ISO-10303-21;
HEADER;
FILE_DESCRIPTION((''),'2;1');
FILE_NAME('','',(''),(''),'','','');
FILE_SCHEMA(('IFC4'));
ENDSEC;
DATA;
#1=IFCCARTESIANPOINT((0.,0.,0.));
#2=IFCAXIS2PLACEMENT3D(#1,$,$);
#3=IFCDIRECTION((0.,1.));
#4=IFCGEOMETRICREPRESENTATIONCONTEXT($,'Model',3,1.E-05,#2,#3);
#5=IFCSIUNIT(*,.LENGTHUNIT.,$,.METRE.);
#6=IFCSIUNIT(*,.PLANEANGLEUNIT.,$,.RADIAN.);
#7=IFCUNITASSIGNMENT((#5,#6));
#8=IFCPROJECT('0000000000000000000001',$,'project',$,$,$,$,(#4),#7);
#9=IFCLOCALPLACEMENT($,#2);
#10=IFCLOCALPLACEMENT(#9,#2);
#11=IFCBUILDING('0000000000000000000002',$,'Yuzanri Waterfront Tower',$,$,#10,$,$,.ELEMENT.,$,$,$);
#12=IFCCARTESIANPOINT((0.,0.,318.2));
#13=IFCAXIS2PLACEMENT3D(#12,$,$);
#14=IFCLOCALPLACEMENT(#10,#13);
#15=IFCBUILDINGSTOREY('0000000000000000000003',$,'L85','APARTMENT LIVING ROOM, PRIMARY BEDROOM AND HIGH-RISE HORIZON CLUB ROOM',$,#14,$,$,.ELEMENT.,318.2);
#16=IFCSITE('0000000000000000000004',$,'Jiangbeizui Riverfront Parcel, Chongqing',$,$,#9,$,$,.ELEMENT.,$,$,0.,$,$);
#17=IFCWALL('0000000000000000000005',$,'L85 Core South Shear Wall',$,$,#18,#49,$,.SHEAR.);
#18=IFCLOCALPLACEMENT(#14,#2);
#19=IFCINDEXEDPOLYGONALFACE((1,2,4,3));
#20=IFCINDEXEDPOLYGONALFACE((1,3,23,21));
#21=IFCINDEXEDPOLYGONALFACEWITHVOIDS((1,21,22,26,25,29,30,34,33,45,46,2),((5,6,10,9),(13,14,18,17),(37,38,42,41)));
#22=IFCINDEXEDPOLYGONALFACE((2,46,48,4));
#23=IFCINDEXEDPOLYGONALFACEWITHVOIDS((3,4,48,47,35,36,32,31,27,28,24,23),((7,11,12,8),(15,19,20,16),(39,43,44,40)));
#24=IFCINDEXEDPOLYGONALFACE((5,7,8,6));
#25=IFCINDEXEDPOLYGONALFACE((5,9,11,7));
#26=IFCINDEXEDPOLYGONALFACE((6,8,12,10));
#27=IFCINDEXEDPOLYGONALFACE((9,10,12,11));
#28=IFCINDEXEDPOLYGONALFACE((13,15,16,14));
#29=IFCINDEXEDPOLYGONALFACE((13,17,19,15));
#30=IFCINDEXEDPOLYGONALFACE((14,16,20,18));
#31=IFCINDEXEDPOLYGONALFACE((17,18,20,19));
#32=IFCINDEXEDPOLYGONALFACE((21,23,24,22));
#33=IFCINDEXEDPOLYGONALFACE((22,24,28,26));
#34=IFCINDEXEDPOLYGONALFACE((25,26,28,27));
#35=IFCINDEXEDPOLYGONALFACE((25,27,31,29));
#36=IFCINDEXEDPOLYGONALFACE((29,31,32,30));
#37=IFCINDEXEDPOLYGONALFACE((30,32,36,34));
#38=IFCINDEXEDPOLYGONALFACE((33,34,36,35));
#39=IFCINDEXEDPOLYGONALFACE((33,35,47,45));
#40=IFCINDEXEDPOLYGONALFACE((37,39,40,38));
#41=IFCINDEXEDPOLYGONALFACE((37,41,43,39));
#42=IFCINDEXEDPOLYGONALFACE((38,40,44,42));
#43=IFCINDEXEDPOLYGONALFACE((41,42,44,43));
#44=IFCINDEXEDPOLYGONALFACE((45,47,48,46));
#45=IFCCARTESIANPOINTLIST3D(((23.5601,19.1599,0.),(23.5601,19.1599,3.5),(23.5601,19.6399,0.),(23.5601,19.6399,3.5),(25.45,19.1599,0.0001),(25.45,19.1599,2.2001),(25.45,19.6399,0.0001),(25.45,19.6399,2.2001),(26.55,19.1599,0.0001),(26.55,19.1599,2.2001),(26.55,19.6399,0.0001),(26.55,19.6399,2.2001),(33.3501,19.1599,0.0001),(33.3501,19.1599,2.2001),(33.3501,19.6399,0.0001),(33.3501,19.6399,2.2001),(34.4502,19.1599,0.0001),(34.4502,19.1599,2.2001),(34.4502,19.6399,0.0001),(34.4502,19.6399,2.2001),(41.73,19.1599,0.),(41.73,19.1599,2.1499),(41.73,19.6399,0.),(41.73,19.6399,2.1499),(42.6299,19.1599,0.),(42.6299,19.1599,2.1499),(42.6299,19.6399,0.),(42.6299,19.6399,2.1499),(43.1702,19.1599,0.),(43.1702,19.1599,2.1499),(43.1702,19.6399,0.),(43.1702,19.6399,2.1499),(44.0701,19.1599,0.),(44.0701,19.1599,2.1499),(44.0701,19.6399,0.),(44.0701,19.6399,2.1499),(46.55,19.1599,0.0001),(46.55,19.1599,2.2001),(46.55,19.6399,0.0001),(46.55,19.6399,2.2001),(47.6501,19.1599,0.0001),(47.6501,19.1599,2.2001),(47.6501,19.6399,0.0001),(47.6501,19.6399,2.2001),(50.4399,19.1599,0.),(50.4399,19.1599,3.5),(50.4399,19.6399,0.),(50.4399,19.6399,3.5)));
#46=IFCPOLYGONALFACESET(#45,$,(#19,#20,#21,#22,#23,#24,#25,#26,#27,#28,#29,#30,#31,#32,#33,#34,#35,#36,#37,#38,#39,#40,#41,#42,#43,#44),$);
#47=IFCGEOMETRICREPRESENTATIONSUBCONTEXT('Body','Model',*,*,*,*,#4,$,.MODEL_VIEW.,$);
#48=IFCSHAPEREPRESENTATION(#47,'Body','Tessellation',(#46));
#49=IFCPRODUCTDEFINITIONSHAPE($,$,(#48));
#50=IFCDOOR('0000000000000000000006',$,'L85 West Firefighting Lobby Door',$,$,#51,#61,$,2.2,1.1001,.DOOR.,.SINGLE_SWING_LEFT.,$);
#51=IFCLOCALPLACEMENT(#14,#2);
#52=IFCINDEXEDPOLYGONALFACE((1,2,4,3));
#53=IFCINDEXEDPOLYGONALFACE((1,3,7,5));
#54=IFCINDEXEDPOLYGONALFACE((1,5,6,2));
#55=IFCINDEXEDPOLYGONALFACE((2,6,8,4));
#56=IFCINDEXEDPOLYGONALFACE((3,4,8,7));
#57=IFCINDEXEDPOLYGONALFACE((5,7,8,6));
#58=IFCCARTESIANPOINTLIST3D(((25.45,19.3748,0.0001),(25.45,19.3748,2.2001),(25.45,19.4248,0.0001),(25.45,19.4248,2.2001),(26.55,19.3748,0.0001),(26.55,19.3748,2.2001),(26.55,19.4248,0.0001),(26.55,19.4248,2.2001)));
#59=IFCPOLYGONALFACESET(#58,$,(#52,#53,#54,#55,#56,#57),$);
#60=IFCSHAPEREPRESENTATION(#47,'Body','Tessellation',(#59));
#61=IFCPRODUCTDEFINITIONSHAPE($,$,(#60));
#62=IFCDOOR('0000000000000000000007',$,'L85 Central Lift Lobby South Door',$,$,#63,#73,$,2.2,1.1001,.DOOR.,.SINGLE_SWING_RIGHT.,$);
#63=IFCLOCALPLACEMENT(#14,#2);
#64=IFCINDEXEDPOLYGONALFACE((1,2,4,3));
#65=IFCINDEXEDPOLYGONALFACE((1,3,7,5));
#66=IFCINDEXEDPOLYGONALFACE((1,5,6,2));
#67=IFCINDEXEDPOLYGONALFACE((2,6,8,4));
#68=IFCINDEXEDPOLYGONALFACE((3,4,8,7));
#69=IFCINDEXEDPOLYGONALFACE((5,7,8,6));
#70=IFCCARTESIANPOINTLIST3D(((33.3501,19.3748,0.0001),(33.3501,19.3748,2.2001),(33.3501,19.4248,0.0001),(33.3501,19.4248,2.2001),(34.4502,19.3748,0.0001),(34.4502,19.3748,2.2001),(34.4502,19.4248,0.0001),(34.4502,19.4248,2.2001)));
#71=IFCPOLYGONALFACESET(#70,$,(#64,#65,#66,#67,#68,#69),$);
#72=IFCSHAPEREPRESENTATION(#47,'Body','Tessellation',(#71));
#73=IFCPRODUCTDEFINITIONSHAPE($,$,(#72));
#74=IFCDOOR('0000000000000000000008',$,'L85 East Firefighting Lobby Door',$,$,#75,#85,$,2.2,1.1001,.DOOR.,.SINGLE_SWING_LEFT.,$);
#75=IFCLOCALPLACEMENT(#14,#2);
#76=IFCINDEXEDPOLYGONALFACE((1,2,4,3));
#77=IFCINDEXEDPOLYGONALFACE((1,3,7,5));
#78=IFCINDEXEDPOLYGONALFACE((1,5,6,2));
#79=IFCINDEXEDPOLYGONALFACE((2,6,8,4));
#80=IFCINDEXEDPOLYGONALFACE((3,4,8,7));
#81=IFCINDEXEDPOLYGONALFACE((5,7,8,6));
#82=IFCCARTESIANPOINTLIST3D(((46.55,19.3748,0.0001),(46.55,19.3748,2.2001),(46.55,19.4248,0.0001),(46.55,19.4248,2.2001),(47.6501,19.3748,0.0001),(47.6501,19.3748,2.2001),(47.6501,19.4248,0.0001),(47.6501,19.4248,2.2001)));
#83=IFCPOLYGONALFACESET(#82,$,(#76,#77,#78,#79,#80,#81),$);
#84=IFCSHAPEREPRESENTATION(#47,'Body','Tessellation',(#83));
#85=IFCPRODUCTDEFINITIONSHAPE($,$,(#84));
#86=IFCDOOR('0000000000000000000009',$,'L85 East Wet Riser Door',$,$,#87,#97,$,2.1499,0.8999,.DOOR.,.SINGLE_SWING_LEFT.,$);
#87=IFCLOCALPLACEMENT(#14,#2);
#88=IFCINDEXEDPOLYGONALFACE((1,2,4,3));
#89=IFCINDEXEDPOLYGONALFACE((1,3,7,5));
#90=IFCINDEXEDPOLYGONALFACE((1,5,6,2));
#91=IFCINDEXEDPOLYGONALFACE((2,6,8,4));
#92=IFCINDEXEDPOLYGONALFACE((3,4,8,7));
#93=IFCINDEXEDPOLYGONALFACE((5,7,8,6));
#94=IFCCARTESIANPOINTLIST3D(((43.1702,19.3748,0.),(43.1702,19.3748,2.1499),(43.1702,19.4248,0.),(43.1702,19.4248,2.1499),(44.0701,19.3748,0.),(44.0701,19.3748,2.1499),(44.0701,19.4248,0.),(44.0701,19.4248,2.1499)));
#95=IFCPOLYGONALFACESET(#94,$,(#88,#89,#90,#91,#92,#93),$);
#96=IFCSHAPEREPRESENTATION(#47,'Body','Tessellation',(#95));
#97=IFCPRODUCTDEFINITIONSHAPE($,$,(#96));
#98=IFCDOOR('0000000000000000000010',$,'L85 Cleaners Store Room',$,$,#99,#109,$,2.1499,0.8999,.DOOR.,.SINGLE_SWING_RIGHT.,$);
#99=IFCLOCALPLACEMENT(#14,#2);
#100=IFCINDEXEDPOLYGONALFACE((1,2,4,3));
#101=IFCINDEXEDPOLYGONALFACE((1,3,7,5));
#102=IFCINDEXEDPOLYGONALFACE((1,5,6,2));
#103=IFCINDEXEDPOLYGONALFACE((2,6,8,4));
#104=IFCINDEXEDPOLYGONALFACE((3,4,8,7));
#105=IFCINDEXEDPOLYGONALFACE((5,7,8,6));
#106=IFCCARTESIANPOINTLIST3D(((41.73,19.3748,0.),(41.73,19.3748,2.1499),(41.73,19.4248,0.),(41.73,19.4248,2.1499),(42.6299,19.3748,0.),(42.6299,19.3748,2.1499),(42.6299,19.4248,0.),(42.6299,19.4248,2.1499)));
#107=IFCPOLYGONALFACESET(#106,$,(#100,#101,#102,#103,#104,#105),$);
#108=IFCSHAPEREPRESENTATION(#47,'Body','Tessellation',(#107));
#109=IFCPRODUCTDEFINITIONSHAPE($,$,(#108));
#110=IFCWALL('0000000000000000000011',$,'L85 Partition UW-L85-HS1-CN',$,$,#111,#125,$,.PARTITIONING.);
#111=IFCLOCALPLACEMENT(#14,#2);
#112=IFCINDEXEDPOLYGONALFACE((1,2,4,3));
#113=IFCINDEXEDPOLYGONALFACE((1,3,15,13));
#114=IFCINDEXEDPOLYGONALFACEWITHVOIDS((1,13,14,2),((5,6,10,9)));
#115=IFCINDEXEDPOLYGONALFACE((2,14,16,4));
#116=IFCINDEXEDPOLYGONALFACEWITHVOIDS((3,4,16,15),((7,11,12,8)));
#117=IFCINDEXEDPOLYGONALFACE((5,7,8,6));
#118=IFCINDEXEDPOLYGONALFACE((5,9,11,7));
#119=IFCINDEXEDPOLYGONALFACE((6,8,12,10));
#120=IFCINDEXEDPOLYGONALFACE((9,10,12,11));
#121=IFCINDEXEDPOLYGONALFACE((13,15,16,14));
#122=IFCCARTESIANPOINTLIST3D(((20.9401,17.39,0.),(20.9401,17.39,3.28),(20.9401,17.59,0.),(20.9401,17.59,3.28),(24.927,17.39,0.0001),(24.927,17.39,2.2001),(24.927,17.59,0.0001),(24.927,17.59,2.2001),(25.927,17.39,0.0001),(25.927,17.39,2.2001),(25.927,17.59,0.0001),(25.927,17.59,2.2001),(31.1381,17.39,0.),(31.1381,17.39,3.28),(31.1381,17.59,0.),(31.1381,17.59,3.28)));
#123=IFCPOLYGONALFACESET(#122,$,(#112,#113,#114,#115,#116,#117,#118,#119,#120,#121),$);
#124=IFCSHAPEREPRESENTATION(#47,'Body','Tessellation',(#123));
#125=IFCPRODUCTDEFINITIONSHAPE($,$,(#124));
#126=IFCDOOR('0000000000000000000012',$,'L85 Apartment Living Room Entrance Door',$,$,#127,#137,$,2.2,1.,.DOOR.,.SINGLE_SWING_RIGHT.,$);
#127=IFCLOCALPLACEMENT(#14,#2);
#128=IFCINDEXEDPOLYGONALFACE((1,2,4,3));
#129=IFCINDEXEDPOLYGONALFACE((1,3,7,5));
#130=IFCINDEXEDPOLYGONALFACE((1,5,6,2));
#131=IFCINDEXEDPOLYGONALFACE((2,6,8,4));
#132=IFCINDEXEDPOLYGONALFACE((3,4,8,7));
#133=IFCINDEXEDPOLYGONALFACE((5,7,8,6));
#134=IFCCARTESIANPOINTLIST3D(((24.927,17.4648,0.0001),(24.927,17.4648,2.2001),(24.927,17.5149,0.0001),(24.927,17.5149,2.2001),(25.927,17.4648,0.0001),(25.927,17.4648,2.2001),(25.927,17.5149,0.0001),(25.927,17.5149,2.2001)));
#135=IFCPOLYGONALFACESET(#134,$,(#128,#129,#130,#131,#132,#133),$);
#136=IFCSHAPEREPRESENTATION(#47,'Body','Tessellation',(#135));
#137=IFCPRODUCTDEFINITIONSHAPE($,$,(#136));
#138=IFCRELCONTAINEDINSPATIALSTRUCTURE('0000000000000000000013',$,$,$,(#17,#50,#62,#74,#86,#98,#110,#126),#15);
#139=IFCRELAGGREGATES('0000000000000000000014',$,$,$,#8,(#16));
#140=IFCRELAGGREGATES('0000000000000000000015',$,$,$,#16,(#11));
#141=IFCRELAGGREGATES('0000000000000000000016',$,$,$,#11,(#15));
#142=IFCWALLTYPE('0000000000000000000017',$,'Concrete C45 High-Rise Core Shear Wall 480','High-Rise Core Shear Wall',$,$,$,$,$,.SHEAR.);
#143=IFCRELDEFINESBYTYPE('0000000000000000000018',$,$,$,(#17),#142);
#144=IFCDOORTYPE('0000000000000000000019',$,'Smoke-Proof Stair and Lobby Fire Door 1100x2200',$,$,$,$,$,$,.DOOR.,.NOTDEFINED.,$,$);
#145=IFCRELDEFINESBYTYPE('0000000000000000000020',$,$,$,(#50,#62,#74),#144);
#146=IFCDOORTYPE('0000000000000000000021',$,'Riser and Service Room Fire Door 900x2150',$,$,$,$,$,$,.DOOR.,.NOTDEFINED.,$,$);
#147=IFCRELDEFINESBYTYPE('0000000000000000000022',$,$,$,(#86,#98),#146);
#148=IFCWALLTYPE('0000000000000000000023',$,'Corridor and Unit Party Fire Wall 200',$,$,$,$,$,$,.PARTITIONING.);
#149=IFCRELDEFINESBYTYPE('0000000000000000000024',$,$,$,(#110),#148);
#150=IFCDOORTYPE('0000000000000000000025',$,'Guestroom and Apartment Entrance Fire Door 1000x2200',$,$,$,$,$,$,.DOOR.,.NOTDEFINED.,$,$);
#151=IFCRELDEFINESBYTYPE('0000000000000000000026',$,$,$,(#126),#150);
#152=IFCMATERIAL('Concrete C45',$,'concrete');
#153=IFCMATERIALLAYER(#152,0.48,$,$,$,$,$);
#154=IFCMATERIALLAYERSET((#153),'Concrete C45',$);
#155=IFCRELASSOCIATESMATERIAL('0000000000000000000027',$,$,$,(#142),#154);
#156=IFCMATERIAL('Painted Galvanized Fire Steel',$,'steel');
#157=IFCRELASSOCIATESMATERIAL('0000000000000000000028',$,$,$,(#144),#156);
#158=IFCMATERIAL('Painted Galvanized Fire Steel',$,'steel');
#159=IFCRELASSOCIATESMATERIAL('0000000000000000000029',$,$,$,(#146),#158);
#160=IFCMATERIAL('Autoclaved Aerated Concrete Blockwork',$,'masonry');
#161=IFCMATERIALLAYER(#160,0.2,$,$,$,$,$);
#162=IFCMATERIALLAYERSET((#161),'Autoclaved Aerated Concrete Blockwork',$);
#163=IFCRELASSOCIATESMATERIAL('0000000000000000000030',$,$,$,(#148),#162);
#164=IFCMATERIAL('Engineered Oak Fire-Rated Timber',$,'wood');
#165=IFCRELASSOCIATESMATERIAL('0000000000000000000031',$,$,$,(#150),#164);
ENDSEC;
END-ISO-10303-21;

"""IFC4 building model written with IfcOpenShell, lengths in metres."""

from ifc_helpers import new_model, si_unit, direction, frame, frame_2d, origin, place, context, subcontext, project, spatial, rectangle, extrude, source, transform, mapped, material, layer, layer_set, type_object, element, fill, save


model = new_model("IFC4")

# Units and contexts
model_context = context("Model", 3, precision=1e-05, world=origin(), true_north=direction((0.0, 1.0)))
body_context = subcontext(model_context, "Body", "Model", "MODEL_VIEW")
ifc_project = project(units=[si_unit("LENGTHUNIT", "METRE"), si_unit("PLANEANGLEUNIT", "RADIAN")], contexts=[model_context])

# Site, building, storey
site_placement = place(None, origin())
site = spatial("IfcSite", under=ifc_project, at=site_placement, Name="Jiangbeizui Riverfront Parcel, Chongqing", CompositionType="ELEMENT", RefElevation=0.0)
building_placement = place(site_placement, origin())
building = spatial("IfcBuilding", under=site, at=building_placement, Name="Yuzanri Waterfront Tower", CompositionType="ELEMENT")
storey_placement = place(building_placement, frame((0.0, 0.0, 318.2)))
storey = spatial("IfcBuildingStorey", under=building, at=storey_placement, Name="L85", Description="APARTMENT LIVING ROOM, PRIMARY BEDROOM AND HIGH-RISE HORIZON CLUB ROOM", CompositionType="ELEMENT", Elevation=318.2)

# Wall, openings, doors
ifc_material_1 = material(Name="Concrete C45", Category="concrete")
ifc_layer_1 = layer(ifc_material_1, 0.48)
ifc_layer_set_1 = layer_set([ifc_layer_1], Name="Concrete C45")
wall_type_1 = type_object("IfcWallType", Name="Concrete C45 High-Rise Core Shear Wall 480", Description="High-Rise Core Shear Wall", PredefinedType="SHEAR", material=ifc_layer_set_1)
wall_1_placement = place(storey_placement, frame((23.5601, 19.3999, 0.0), z_axis=(0.0, 0.0, 1.0), x_axis=(1.0, 0.0, 0.0)))
wall_1 = element("IfcWall", 1, at=wall_1_placement, inside=storey, type_object=wall_type_1, Name="L85 Core South Shear Wall", PredefinedType="SHEAR", context=body_context, shape_type="SweptSolid", body=[
    extrude(rectangle(XDim=26.8799, YDim=0.48, at=frame_2d((13.4399, 0.0))), origin(), (0.0, 0.0, 1.0), 3.5),
])
opening_1_placement = place(wall_1_placement, frame((1.8899, 0.0, 0.0)))
opening_1 = element("IfcOpeningElement", 2, at=opening_1_placement, cuts=wall_1, PredefinedType="OPENING", context=body_context, shape_type="SweptSolid", body=[
    extrude(rectangle(XDim=1.1001, YDim=2.2, at=frame_2d((0.55, 1.1001))), frame((0.0, 0.2549, 0.0), z_axis=(0.0, -1.0, 0.0), x_axis=(1.0, 0.0, 0.0)), (0.0, 0.0, 1.0), 0.5098),
])
opening_2_placement = place(wall_1_placement, frame((9.79, 0.0, 0.0)))
opening_2 = element("IfcOpeningElement", 3, at=opening_2_placement, cuts=wall_1, PredefinedType="OPENING", context=body_context, shape_type="SweptSolid", body=[
    extrude(rectangle(XDim=1.1001, YDim=2.2, at=frame_2d((0.55, 1.1001))), frame((0.0, 0.2549, 0.0), z_axis=(0.0, -1.0, 0.0), x_axis=(1.0, 0.0, 0.0)), (0.0, 0.0, 1.0), 0.5098),
])
opening_3_placement = place(wall_1_placement, frame((22.99, 0.0, 0.0)))
opening_3 = element("IfcOpeningElement", 4, at=opening_3_placement, cuts=wall_1, PredefinedType="OPENING", context=body_context, shape_type="SweptSolid", body=[
    extrude(rectangle(XDim=1.1001, YDim=2.2, at=frame_2d((0.55, 1.1001))), frame((0.0, 0.2549, 0.0), z_axis=(0.0, -1.0, 0.0), x_axis=(1.0, 0.0, 0.0)), (0.0, 0.0, 1.0), 0.5098),
])
opening_4_placement = place(wall_1_placement, frame((19.6101, 0.0, 0.0)))
opening_4 = element("IfcOpeningElement", 5, at=opening_4_placement, cuts=wall_1, PredefinedType="OPENING", context=body_context, shape_type="SweptSolid", body=[
    extrude(rectangle(XDim=0.8999, YDim=2.1499, at=frame_2d((0.45, 1.075))), frame((0.0, 0.2549, 0.0), z_axis=(0.0, -1.0, 0.0), x_axis=(1.0, 0.0, 0.0)), (0.0, 0.0, 1.0), 0.5098),
])
opening_5_placement = place(wall_1_placement, frame((18.1699, 0.0, 0.0)))
opening_5 = element("IfcOpeningElement", 6, at=opening_5_placement, cuts=wall_1, PredefinedType="OPENING", context=body_context, shape_type="SweptSolid", body=[
    extrude(rectangle(XDim=0.8999, YDim=2.1499, at=frame_2d((0.45, 1.075))), frame((0.0, 0.2549, 0.0), z_axis=(0.0, -1.0, 0.0), x_axis=(1.0, 0.0, 0.0)), (0.0, 0.0, 1.0), 0.5098),
])
ifc_material_2 = material(Name="Painted Galvanized Fire Steel", Category="steel")
door_type_1 = type_object("IfcDoorType", Name="Smoke-Proof Stair and Lobby Fire Door 1100x2200", OperationType="NOTDEFINED", PredefinedType="DOOR", material=ifc_material_2)
shared_shape_1 = source(origin(), body_context, "Body", "SweptSolid", [
    extrude(rectangle(XDim=1.1001, YDim=2.2, at=frame_2d((0.55, 1.1001))), frame((0.0, 0.0249, 0.0), z_axis=(0.0, -1.0, 0.0), x_axis=(1.0, 0.0, 0.0)), (0.0, 0.0, 1.0), 0.05),
])
door_1_placement = place(opening_1_placement, origin())
door_1 = element("IfcDoor", 7, at=door_1_placement, inside=storey, type_object=door_type_1, Name="L85 West Firefighting Lobby Door", OperationType="SINGLE_SWING_LEFT", OverallHeight=2.2, OverallWidth=1.1001, PredefinedType="DOOR", context=body_context, shape_type="MappedRepresentation", body=[
    mapped(shared_shape_1, transform((0.0, 0.0, 0.0), scale=1.0)),
])
fill(opening_1, door_1)
door_2_placement = place(opening_2_placement, origin())
door_2 = element("IfcDoor", 8, at=door_2_placement, inside=storey, type_object=door_type_1, Name="L85 Central Lift Lobby South Door", OperationType="SINGLE_SWING_RIGHT", OverallHeight=2.2, OverallWidth=1.1001, PredefinedType="DOOR", context=body_context, shape_type="MappedRepresentation", body=[
    mapped(shared_shape_1, transform((0.0, 0.0, 0.0), scale=1.0)),
])
fill(opening_2, door_2)
door_3_placement = place(opening_3_placement, origin())
door_3 = element("IfcDoor", 9, at=door_3_placement, inside=storey, type_object=door_type_1, Name="L85 East Firefighting Lobby Door", OperationType="SINGLE_SWING_LEFT", OverallHeight=2.2, OverallWidth=1.1001, PredefinedType="DOOR", context=body_context, shape_type="MappedRepresentation", body=[
    mapped(shared_shape_1, transform((0.0, 0.0, 0.0), scale=1.0)),
])
fill(opening_3, door_3)
ifc_material_3 = material(Name="Painted Galvanized Fire Steel", Category="steel")
door_type_2 = type_object("IfcDoorType", Name="Riser and Service Room Fire Door 900x2150", OperationType="NOTDEFINED", PredefinedType="DOOR", material=ifc_material_3)
shared_shape_2 = source(origin(), body_context, "Body", "SweptSolid", [
    extrude(rectangle(XDim=0.8999, YDim=2.1499, at=frame_2d((0.45, 1.075))), frame((0.0, 0.0249, 0.0), z_axis=(0.0, -1.0, 0.0), x_axis=(1.0, 0.0, 0.0)), (0.0, 0.0, 1.0), 0.05),
])
door_4_placement = place(opening_4_placement, origin())
door_4 = element("IfcDoor", 10, at=door_4_placement, inside=storey, type_object=door_type_2, Name="L85 East Wet Riser Door", OperationType="SINGLE_SWING_LEFT", OverallHeight=2.1499, OverallWidth=0.8999, PredefinedType="DOOR", context=body_context, shape_type="MappedRepresentation", body=[
    mapped(shared_shape_2, transform((0.0, 0.0, 0.0), scale=1.0)),
])
fill(opening_4, door_4)
door_5_placement = place(opening_5_placement, origin())
door_5 = element("IfcDoor", 11, at=door_5_placement, inside=storey, type_object=door_type_2, Name="L85 Cleaners Store Room", OperationType="SINGLE_SWING_RIGHT", OverallHeight=2.1499, OverallWidth=0.8999, PredefinedType="DOOR", context=body_context, shape_type="MappedRepresentation", body=[
    mapped(shared_shape_2, transform((0.0, 0.0, 0.0), scale=1.0)),
])
fill(opening_5, door_5)

# Wall, opening, door
ifc_material_4 = material(Name="Autoclaved Aerated Concrete Blockwork", Category="masonry")
ifc_layer_2 = layer(ifc_material_4, 0.2)
ifc_layer_set_2 = layer_set([ifc_layer_2], Name="Autoclaved Aerated Concrete Blockwork")
wall_type_2 = type_object("IfcWallType", Name="Corridor and Unit Party Fire Wall 200", PredefinedType="PARTITIONING", material=ifc_layer_set_2)
wall_2_placement = place(storey_placement, frame((20.9399, 17.49, 0.0), z_axis=(0.0, 0.0, 1.0), x_axis=(1.0, 0.0, 0.0)))
wall_2 = element("IfcWall", 12, at=wall_2_placement, inside=storey, type_object=wall_type_2, Name="L85 Partition UW-L85-HS1-CN", PredefinedType="PARTITIONING", context=body_context, shape_type="SweptSolid", body=[
    extrude(rectangle(XDim=10.198, YDim=0.2, at=frame_2d((5.0991, 0.0))), origin(), (0.0, 0.0, 1.0), 3.28),
])
opening_6_placement = place(wall_2_placement, frame((3.9871, 0.0, 0.0)))
opening_6 = element("IfcOpeningElement", 13, at=opening_6_placement, cuts=wall_2, PredefinedType="OPENING", context=body_context, shape_type="SweptSolid", body=[
    extrude(rectangle(XDim=1.0, YDim=2.2, at=frame_2d((0.5, 1.1001))), frame((0.0, 0.1147, 0.0), z_axis=(0.0, -1.0, 0.0), x_axis=(1.0, 0.0, 0.0)), (0.0, 0.0, 1.0), 0.2297),
])
ifc_material_5 = material(Name="Engineered Oak Fire-Rated Timber", Category="wood")
door_type_3 = type_object("IfcDoorType", Name="Guestroom and Apartment Entrance Fire Door 1000x2200", OperationType="NOTDEFINED", PredefinedType="DOOR", material=ifc_material_5)
shared_shape_3 = source(origin(), body_context, "Body", "SweptSolid", [
    extrude(rectangle(XDim=1.0, YDim=2.2, at=frame_2d((0.5, 1.1001))), frame((0.0, 0.0249, 0.0), z_axis=(0.0, -1.0, 0.0), x_axis=(1.0, 0.0, 0.0)), (0.0, 0.0, 1.0), 0.05),
])
door_6_placement = place(opening_6_placement, origin())
door_6 = element("IfcDoor", 14, at=door_6_placement, inside=storey, type_object=door_type_3, Name="L85 Apartment Living Room Entrance Door", OperationType="SINGLE_SWING_RIGHT", OverallHeight=2.2, OverallWidth=1.0, PredefinedType="DOOR", context=body_context, shape_type="MappedRepresentation", body=[
    mapped(shared_shape_3, transform((0.0, 0.0, 0.0), scale=1.0)),
])
fill(opening_6, door_6)

save(model, "model.ifc")
